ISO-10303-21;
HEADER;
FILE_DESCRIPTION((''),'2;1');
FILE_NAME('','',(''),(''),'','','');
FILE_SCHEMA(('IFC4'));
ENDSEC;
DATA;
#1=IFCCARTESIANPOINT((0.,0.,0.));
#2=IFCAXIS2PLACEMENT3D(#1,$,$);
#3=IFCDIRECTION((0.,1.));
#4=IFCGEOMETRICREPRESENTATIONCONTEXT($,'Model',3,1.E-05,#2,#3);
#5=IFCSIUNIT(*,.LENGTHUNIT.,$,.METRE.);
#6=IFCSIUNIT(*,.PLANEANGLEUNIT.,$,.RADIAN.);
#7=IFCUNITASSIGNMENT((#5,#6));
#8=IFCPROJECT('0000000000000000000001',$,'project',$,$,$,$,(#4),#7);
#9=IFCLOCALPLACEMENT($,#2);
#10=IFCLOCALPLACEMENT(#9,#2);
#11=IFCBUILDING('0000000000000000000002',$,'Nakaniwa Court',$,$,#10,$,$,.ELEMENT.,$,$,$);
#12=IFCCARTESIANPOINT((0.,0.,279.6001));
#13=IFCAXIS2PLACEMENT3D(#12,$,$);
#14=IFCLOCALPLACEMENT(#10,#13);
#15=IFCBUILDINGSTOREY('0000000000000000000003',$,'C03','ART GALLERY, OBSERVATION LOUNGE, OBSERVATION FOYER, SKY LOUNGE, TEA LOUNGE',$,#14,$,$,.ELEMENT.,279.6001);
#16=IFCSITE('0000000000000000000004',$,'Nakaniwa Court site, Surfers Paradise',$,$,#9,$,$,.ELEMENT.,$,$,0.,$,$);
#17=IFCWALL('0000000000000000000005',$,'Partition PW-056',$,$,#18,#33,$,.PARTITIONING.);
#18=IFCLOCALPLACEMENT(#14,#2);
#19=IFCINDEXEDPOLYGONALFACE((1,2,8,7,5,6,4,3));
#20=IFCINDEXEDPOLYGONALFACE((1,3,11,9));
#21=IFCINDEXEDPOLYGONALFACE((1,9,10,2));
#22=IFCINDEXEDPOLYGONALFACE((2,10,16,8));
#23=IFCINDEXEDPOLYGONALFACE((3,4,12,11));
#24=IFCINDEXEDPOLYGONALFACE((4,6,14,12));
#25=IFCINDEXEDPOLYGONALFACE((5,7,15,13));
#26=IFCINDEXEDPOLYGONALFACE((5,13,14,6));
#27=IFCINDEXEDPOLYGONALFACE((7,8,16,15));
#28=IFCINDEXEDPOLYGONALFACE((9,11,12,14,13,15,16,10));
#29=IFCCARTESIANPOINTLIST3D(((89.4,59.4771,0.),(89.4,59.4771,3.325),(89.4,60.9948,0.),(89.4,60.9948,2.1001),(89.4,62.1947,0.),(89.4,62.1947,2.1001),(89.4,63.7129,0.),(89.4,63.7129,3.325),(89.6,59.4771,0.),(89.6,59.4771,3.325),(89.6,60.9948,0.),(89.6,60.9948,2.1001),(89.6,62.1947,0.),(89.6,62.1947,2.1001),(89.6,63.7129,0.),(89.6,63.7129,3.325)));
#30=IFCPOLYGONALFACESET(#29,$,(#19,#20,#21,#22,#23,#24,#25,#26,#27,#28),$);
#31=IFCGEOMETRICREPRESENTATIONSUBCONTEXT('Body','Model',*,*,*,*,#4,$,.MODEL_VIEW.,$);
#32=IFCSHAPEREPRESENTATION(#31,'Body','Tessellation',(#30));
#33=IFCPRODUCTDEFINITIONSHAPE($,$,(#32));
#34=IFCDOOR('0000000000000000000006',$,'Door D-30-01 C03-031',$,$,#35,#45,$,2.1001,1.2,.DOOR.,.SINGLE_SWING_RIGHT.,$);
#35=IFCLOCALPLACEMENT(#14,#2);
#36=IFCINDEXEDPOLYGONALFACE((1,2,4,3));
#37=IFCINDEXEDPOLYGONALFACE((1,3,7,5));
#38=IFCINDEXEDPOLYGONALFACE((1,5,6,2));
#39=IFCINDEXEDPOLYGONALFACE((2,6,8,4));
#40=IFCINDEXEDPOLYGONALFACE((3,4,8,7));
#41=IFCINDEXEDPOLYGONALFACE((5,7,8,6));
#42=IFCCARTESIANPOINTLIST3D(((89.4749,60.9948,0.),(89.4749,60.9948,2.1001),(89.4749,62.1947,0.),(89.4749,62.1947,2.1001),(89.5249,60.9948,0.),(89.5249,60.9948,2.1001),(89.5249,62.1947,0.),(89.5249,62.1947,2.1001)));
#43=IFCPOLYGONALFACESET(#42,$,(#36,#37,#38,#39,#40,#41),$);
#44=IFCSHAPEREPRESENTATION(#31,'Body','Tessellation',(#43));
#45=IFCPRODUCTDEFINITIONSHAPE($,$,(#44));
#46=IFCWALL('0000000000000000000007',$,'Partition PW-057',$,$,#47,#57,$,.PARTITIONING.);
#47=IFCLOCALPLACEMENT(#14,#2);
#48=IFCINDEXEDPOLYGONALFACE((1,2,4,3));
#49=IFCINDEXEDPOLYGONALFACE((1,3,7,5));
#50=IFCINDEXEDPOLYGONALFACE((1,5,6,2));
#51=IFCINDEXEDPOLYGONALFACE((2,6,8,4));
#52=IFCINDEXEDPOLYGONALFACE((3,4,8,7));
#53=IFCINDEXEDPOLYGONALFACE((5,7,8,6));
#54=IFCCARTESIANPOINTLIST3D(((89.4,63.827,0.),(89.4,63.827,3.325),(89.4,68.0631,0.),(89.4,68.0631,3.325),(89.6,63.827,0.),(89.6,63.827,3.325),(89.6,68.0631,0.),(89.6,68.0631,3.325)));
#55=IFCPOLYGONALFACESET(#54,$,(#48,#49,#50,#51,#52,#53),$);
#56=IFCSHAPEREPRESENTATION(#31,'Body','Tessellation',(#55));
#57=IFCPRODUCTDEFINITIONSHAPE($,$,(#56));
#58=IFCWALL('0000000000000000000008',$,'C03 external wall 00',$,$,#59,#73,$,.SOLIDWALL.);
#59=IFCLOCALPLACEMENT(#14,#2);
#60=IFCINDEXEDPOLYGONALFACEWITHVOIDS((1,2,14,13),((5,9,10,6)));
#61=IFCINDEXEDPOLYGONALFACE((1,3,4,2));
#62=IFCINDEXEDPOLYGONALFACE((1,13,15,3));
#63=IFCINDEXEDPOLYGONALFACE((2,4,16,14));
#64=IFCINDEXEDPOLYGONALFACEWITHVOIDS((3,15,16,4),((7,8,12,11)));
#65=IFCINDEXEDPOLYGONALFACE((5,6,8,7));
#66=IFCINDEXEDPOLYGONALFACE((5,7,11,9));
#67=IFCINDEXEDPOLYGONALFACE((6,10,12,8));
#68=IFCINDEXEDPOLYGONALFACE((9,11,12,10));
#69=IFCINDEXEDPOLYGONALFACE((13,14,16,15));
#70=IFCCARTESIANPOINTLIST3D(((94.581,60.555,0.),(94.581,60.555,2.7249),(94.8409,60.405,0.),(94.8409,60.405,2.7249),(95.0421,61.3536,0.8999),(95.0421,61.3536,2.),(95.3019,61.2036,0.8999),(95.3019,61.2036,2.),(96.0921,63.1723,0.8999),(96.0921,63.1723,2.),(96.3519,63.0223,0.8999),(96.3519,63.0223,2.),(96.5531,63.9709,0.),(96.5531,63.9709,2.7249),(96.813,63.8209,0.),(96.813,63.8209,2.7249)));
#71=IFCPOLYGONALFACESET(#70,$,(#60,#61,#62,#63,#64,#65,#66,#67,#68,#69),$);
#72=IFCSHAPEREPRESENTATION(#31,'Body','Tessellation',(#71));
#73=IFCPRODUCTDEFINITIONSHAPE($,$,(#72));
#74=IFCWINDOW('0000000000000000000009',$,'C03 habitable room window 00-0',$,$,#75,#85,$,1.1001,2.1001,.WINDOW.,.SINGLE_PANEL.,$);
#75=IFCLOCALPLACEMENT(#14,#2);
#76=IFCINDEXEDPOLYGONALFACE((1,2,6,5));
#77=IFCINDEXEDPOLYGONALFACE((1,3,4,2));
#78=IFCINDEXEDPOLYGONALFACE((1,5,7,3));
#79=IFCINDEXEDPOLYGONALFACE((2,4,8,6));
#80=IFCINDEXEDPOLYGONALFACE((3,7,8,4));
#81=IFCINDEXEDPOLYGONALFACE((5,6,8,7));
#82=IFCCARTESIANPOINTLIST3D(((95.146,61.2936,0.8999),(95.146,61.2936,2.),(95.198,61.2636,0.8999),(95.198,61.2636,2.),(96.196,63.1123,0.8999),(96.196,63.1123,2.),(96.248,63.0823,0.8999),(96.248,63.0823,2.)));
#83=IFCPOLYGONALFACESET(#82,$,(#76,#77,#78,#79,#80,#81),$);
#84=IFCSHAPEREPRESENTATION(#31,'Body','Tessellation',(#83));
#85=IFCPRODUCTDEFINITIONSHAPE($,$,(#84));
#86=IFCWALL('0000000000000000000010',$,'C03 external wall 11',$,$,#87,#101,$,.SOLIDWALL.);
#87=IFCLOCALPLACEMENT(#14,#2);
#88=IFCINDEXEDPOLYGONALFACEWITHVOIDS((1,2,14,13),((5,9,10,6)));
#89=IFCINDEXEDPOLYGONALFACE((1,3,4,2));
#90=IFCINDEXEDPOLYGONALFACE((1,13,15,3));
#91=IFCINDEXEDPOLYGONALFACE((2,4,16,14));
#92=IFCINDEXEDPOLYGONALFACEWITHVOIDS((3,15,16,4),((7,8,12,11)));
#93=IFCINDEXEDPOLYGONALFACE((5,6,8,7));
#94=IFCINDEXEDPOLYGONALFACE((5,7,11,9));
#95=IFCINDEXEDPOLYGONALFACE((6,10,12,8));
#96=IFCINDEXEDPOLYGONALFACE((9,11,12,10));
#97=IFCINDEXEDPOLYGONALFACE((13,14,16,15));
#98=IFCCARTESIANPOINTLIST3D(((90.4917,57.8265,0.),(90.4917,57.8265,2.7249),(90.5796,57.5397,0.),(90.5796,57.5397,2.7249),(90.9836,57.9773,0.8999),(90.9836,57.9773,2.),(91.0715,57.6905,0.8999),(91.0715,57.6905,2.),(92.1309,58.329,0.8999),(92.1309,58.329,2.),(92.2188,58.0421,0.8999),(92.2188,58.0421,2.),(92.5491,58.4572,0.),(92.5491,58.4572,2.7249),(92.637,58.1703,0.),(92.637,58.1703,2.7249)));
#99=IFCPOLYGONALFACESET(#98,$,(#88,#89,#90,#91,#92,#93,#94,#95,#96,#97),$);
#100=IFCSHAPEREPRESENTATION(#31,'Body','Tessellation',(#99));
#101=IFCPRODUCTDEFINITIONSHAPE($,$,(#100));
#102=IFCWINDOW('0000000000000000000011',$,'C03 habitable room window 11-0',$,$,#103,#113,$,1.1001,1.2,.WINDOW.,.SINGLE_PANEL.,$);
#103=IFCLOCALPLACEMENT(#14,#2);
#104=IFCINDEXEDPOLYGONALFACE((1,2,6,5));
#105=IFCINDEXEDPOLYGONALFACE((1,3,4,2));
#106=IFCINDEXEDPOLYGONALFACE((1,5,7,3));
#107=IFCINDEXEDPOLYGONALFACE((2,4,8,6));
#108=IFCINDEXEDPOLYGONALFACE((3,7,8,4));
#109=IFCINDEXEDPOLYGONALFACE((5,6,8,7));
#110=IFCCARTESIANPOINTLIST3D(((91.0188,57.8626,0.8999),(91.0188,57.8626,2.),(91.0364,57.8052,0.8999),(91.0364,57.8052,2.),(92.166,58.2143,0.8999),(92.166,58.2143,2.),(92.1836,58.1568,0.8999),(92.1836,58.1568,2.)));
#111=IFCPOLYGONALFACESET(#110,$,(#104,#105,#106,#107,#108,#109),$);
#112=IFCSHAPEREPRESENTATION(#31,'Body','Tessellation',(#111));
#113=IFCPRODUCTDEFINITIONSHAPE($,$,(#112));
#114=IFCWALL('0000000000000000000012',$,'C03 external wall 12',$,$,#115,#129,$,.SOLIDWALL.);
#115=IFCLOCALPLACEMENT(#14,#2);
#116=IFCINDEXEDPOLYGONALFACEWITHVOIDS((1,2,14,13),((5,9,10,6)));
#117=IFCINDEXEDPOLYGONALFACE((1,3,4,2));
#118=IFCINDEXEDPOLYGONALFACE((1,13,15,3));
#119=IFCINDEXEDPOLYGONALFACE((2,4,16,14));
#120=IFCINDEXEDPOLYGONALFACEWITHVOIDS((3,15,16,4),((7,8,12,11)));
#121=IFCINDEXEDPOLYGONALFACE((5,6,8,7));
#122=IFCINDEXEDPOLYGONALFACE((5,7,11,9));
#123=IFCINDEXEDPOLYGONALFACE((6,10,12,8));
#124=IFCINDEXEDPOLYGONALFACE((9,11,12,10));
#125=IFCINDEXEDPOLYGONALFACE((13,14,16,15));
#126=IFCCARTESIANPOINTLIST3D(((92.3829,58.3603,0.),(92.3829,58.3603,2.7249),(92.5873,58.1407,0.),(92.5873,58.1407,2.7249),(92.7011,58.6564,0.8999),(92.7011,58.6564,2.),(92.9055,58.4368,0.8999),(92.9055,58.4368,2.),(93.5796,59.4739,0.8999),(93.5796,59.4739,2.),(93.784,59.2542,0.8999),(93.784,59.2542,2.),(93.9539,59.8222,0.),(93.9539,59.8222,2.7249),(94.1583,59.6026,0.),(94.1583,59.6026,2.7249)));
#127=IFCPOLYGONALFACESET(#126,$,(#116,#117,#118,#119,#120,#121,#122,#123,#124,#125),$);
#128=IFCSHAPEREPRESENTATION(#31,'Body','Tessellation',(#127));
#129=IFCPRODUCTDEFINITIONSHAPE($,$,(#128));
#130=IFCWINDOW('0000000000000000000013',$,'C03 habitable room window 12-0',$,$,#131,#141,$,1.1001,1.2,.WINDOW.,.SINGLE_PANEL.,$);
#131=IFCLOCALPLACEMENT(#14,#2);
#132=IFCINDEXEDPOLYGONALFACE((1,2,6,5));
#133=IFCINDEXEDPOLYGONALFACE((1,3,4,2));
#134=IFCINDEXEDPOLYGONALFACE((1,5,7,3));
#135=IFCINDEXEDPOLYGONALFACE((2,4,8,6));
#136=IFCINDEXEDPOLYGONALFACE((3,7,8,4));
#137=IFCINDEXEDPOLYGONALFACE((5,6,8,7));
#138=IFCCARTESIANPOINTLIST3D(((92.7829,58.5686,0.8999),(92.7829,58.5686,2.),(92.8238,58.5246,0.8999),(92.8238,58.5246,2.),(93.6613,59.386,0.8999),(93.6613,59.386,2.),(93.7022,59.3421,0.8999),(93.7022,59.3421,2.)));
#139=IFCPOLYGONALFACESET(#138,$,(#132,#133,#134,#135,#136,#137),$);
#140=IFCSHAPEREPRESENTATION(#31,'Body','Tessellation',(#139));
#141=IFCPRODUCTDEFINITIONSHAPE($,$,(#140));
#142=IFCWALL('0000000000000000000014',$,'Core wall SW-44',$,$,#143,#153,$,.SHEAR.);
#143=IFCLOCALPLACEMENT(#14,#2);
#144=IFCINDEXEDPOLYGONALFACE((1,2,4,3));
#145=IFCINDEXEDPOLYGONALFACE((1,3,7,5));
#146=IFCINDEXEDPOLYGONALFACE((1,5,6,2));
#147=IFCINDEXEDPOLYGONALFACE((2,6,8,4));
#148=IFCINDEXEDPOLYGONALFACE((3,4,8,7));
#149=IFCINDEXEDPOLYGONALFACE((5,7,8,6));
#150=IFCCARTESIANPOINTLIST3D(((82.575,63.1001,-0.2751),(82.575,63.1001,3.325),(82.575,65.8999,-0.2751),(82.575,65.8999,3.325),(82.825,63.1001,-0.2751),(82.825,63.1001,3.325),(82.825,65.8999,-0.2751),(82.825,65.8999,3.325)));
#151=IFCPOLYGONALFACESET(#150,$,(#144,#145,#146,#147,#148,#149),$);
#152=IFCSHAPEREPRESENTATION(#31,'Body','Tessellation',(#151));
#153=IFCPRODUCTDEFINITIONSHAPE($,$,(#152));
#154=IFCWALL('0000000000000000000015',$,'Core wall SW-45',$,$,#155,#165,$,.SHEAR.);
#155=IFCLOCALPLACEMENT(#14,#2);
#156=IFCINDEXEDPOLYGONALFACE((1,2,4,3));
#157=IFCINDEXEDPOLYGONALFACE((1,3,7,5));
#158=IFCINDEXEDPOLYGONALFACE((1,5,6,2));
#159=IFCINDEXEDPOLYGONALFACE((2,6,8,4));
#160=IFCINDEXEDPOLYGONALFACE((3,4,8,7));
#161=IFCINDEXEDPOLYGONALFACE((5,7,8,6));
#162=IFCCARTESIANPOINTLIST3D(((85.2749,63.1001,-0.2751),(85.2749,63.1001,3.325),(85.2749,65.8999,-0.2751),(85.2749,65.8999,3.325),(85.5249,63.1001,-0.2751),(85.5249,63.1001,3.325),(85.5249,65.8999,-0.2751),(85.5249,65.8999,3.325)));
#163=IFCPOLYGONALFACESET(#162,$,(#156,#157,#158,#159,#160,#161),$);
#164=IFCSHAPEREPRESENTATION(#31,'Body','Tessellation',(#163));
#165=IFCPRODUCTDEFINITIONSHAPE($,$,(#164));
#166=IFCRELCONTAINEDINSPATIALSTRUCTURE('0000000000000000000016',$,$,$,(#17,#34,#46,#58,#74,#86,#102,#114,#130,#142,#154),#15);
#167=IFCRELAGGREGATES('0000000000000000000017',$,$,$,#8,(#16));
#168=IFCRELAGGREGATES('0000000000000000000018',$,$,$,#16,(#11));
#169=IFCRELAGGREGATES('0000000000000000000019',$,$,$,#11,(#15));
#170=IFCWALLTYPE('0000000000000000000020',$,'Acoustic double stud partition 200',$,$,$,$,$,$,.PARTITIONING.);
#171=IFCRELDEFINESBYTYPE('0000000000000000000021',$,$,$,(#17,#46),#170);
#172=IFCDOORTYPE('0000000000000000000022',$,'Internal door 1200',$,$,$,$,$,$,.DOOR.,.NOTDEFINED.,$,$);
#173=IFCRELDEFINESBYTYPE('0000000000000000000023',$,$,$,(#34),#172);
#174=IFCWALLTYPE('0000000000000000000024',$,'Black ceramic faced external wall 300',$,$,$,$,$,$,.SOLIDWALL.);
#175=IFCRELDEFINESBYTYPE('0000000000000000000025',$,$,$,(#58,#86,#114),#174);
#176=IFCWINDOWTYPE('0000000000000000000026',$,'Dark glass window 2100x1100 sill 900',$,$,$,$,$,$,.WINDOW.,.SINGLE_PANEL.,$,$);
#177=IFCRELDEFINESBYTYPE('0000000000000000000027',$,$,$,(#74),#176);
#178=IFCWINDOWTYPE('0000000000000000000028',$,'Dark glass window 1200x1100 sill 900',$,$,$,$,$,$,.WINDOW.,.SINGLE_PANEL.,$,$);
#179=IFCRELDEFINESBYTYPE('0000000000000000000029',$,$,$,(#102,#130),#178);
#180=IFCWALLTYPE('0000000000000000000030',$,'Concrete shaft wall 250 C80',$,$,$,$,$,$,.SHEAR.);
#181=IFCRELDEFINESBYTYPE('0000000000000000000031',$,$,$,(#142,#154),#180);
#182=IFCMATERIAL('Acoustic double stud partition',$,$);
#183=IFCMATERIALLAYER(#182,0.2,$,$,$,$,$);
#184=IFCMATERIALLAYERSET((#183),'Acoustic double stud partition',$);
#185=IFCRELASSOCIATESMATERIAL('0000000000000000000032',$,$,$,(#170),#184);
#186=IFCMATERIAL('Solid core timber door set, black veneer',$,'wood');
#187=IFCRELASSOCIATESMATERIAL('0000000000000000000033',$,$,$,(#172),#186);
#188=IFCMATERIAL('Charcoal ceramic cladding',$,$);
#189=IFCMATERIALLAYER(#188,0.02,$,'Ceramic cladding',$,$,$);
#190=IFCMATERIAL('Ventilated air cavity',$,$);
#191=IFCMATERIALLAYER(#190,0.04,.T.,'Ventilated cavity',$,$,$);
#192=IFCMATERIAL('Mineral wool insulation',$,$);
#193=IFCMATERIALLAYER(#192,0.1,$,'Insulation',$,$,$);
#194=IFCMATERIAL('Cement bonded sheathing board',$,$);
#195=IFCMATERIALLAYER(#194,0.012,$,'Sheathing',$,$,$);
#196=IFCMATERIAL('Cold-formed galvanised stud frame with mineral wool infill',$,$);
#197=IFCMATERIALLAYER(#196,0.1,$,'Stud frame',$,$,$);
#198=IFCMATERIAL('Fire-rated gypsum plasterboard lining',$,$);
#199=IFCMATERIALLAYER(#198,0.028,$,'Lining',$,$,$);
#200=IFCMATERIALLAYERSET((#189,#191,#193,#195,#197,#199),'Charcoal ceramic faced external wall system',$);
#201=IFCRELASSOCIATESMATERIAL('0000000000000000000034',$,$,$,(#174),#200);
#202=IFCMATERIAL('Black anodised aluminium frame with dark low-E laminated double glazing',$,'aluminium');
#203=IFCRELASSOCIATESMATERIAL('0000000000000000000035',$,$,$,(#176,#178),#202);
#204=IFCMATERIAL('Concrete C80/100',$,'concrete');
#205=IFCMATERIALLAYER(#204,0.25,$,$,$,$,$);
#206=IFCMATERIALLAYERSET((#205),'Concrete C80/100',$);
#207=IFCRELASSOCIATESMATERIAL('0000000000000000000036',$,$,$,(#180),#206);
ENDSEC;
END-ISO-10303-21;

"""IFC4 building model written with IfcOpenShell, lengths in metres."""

from ifc_helpers import new_model, si_unit, direction, frame, frame_2d, origin, place, context, subcontext, project, spatial, rectangle, extrude, material, layer, layer_set, type_object, element, fill, save


model = new_model("IFC4")

# Units and contexts
model_context = context("Model", 3, precision=1e-05, world=origin(), true_north=direction((0.0, 1.0)))
body_context = subcontext(model_context, "Body", "Model", "MODEL_VIEW")
ifc_project = project(units=[si_unit("LENGTHUNIT", "METRE"), si_unit("PLANEANGLEUNIT", "RADIAN")], contexts=[model_context])

# Site, building, storey
site_placement = place(None, origin())
site = spatial("IfcSite", under=ifc_project, at=site_placement, Name="Nakaniwa Court site, Surfers Paradise", CompositionType="ELEMENT", RefElevation=0.0)
building_placement = place(site_placement, origin())
building = spatial("IfcBuilding", under=site, at=building_placement, Name="Nakaniwa Court", CompositionType="ELEMENT")
storey_placement = place(building_placement, frame((0.0, 0.0, 279.6001)))
storey = spatial("IfcBuildingStorey", under=building, at=storey_placement, Name="C03", Description="ART GALLERY, OBSERVATION LOUNGE, OBSERVATION FOYER, SKY LOUNGE, TEA LOUNGE", CompositionType="ELEMENT", Elevation=279.6001)

# Shared definitions
ifc_material_1 = material(Name="Concrete C80/100", Category="concrete")

# Shared definitions
ifc_material_2 = material(Name="Black anodised aluminium frame with dark low-E laminated double glazing", Category="aluminium")

# Shared definitions
ifc_material_3 = material(Name="Acoustic double stud partition")
ifc_layer_1 = layer(ifc_material_3, 0.2)
ifc_layer_set_1 = layer_set([ifc_layer_1], Name="Acoustic double stud partition")
wall_type_1 = type_object("IfcWallType", Name="Acoustic double stud partition 200", PredefinedType="PARTITIONING", material=ifc_layer_set_1)

# Wall, opening, door
wall_1_placement = place(storey_placement, frame((89.5, 63.7129, 0.0), z_axis=(0.0, 0.0, 1.0), x_axis=(0.0, -1.0, 0.0)))
wall_1 = element("IfcWall", 1, at=wall_1_placement, inside=storey, type_object=wall_type_1, Name="Partition PW-056", PredefinedType="PARTITIONING", context=body_context, shape_type="SweptSolid", body=[
    extrude(rectangle(XDim=4.2358, YDim=0.2, at=frame_2d((2.1179, 0.0))), origin(), (0.0, 0.0, 1.0), 3.325),
])
opening_1_placement = place(wall_1_placement, frame((1.5181, 0.0, 0.0)))
opening_1 = element("IfcOpeningElement", 2, at=opening_1_placement, cuts=wall_1, PredefinedType="OPENING", context=body_context, shape_type="SweptSolid", body=[
    extrude(rectangle(XDim=1.2, YDim=2.1001, at=frame_2d((0.6001, 1.05))), frame((0.0, 0.1099, 0.0), z_axis=(0.0, -1.0, 0.0), x_axis=(1.0, 0.0, 0.0)), (0.0, 0.0, 1.0), 0.22),
])
ifc_material_4 = material(Name="Solid core timber door set, black veneer", Category="wood")
door_type_1 = type_object("IfcDoorType", Name="Internal door 1200", OperationType="NOTDEFINED", PredefinedType="DOOR", material=ifc_material_4)
door_1_placement = place(opening_1_placement, origin())
door_1 = element("IfcDoor", 3, at=door_1_placement, inside=storey, type_object=door_type_1, Name="Door D-30-01 C03-031", OperationType="SINGLE_SWING_RIGHT", OverallHeight=2.1001, OverallWidth=1.2, PredefinedType="DOOR", context=body_context, shape_type="SweptSolid", body=[
    extrude(rectangle(XDim=1.2, YDim=2.1001, at=frame_2d((0.6001, 1.05))), frame((0.0, 0.0249, 0.0), z_axis=(0.0, -1.0, 0.0), x_axis=(1.0, 0.0, 0.0)), (0.0, 0.0, 1.0), 0.05),
])
fill(opening_1, door_1)

# Wall
wall_2_placement = place(storey_placement, frame((89.5, 63.8269, 0.0), z_axis=(0.0, 0.0, 1.0), x_axis=(0.0, 1.0, 0.0)))
element("IfcWall", 4, at=wall_2_placement, inside=storey, type_object=wall_type_1, Name="Partition PW-057", PredefinedType="PARTITIONING", context=body_context, shape_type="SweptSolid", body=[
    extrude(rectangle(XDim=4.2361, YDim=0.2, at=frame_2d((2.1182, 0.0))), origin(), (0.0, 0.0, 1.0), 3.325),
])

# Walls, openings, windows
ifc_material_5 = material(Name="Charcoal ceramic cladding")
ifc_layer_2 = layer(ifc_material_5, 0.02, Name="Ceramic cladding")
ifc_material_6 = material(Name="Ventilated air cavity")
ifc_layer_3 = layer(ifc_material_6, 0.04, ventilated=True, Name="Ventilated cavity")
ifc_material_7 = material(Name="Mineral wool insulation")
ifc_layer_4 = layer(ifc_material_7, 0.1, Name="Insulation")
ifc_material_8 = material(Name="Cement bonded sheathing board")
ifc_layer_5 = layer(ifc_material_8, 0.012, Name="Sheathing")
ifc_material_9 = material(Name="Cold-formed galvanised stud frame with mineral wool infill")
ifc_layer_6 = layer(ifc_material_9, 0.1, Name="Stud frame")
ifc_material_10 = material(Name="Fire-rated gypsum plasterboard lining")
ifc_layer_7 = layer(ifc_material_10, 0.028, Name="Lining")
ifc_layer_set_2 = layer_set([ifc_layer_2, ifc_layer_3, ifc_layer_4, ifc_layer_5, ifc_layer_6, ifc_layer_7], Name="Charcoal ceramic faced external wall system")
wall_type_2 = type_object("IfcWallType", Name="Black ceramic faced external wall 300", PredefinedType="SOLIDWALL", material=ifc_layer_set_2)
wall_3_placement = place(storey_placement, frame((94.7109, 60.48, 0.0), z_axis=(0.0, 0.0, 1.0), x_axis=(0.499987, 0.866033, 0.0)))
wall_3 = element("IfcWall", 5, at=wall_3_placement, inside=storey, type_object=wall_type_2, Name="C03 external wall 00", PredefinedType="SOLIDWALL", context=body_context, shape_type="SweptSolid", body=[
    extrude(rectangle(XDim=3.9443, YDim=0.3, at=frame_2d((1.9722, 0.0))), origin(), (0.0, 0.0, 1.0), 2.7249),
])
opening_2_placement = place(wall_3_placement, frame((0.9221, 0.0, 0.8999)))
opening_2 = element("IfcOpeningElement", 6, at=opening_2_placement, cuts=wall_3, PredefinedType="OPENING", context=body_context, shape_type="SweptSolid", body=[
    extrude(rectangle(XDim=2.1001, YDim=1.1001, at=frame_2d((1.05, 0.55))), frame((0.0, 0.1599, 0.0), z_axis=(0.0, -1.0, 0.0), x_axis=(1.0, 0.0, 0.0)), (0.0, 0.0, 1.0), 0.3201),
])
window_type_1 = type_object("IfcWindowType", Name="Dark glass window 2100x1100 sill 900", PartitioningType="SINGLE_PANEL", PredefinedType="WINDOW", material=ifc_material_2)
window_1_placement = place(opening_2_placement, origin())
window_1 = element("IfcWindow", 7, at=window_1_placement, inside=storey, type_object=window_type_1, Name="C03 habitable room window 00-0", OverallHeight=1.1001, OverallWidth=2.1001, PartitioningType="SINGLE_PANEL", PredefinedType="WINDOW", context=body_context, shape_type="SweptSolid", body=[
    extrude(rectangle(XDim=2.1001, YDim=1.1001, at=frame_2d((1.05, 0.55))), frame((0.0, 0.03, 0.0), z_axis=(0.0, -1.0, 0.0), x_axis=(1.0, 0.0, 0.0)), (0.0, 0.0, 1.0), 0.0601),
])
fill(opening_2, window_1)
wall_4_placement = place(storey_placement, frame((90.5356, 57.6831, 0.0), z_axis=(0.0, 0.0, 1.0), x_axis=(0.956095, 0.293057, 0.0)))
wall_4 = element("IfcWall", 8, at=wall_4_placement, inside=storey, type_object=wall_type_2, Name="C03 external wall 11", PredefinedType="SOLIDWALL", context=body_context, shape_type="SweptSolid", body=[
    extrude(rectangle(XDim=2.1519, YDim=0.3, at=frame_2d((1.0759, 0.0))), origin(), (0.0, 0.0, 1.0), 2.7249),
])
opening_3_placement = place(wall_4_placement, frame((0.5144, 0.0, 0.8999)))
opening_3 = element("IfcOpeningElement", 9, at=opening_3_placement, cuts=wall_4, PredefinedType="OPENING", context=body_context, shape_type="SweptSolid", body=[
    extrude(rectangle(XDim=1.2, YDim=1.1001, at=frame_2d((0.6001, 0.55))), frame((0.0, 0.1599, 0.0), z_axis=(0.0, -1.0, 0.0), x_axis=(1.0, 0.0, 0.0)), (0.0, 0.0, 1.0), 0.3201),
])
window_type_2 = type_object("IfcWindowType", Name="Dark glass window 1200x1100 sill 900", PartitioningType="SINGLE_PANEL", PredefinedType="WINDOW", material=ifc_material_2)
window_2_placement = place(opening_3_placement, origin())
window_2 = element("IfcWindow", 10, at=window_2_placement, inside=storey, type_object=window_type_2, Name="C03 habitable room window 11-0", OverallHeight=1.1001, OverallWidth=1.2, PartitioningType="SINGLE_PANEL", PredefinedType="WINDOW", context=body_context, shape_type="SweptSolid", body=[
    extrude(rectangle(XDim=1.2, YDim=1.1001, at=frame_2d((0.6001, 0.55))), frame((0.0, 0.03, 0.0), z_axis=(0.0, -1.0, 0.0), x_axis=(1.0, 0.0, 0.0)), (0.0, 0.0, 1.0), 0.0601),
])
fill(opening_3, window_2)
wall_5_placement = place(storey_placement, frame((92.4851, 58.2505, 0.0), z_axis=(0.0, 0.0, 1.0), x_axis=(0.732076, 0.681223, 0.0)))
wall_5 = element("IfcWall", 11, at=wall_5_placement, inside=storey, type_object=wall_type_2, Name="C03 external wall 12", PredefinedType="SOLIDWALL", context=body_context, shape_type="SweptSolid", body=[
    extrude(rectangle(XDim=2.146, YDim=0.3, at=frame_2d((1.073, 0.0))), origin(), (0.0, 0.0, 1.0), 2.7249),
])
opening_4_placement = place(wall_5_placement, frame((0.4346, 0.0, 0.8999)))
opening_4 = element("IfcOpeningElement", 12, at=opening_4_placement, cuts=wall_5, PredefinedType="OPENING", context=body_context, shape_type="SweptSolid", body=[
    extrude(rectangle(XDim=1.2, YDim=1.1001, at=frame_2d((0.6001, 0.55))), frame((0.0, 0.1599, 0.0), z_axis=(0.0, -1.0, 0.0), x_axis=(1.0, 0.0, 0.0)), (0.0, 0.0, 1.0), 0.3201),
])
window_3_placement = place(opening_4_placement, origin())
window_3 = element("IfcWindow", 13, at=window_3_placement, inside=storey, type_object=window_type_2, Name="C03 habitable room window 12-0", OverallHeight=1.1001, OverallWidth=1.2, PartitioningType="SINGLE_PANEL", PredefinedType="WINDOW", context=body_context, shape_type="SweptSolid", body=[
    extrude(rectangle(XDim=1.2, YDim=1.1001, at=frame_2d((0.6001, 0.55))), frame((0.0, 0.03, 0.0), z_axis=(0.0, -1.0, 0.0), x_axis=(1.0, 0.0, 0.0)), (0.0, 0.0, 1.0), 0.0601),
])
fill(opening_4, window_3)

# Walls
ifc_layer_8 = layer(ifc_material_1, 0.25)
ifc_layer_set_3 = layer_set([ifc_layer_8], Name="Concrete C80/100")
wall_type_3 = type_object("IfcWallType", Name="Concrete shaft wall 250 C80", PredefinedType="SHEAR", material=ifc_layer_set_3)
for number, where, z_axis, x_axis, name in (
    (14, (82.7, 63.1001, -0.2751), (0.0, 0.0, 1.0), (0.0, 1.0, 0.0), "Core wall SW-44"),
    (15, (85.3999, 63.1001, -0.2751), (0.0, 0.0, 1.0), (0.0, 1.0, 0.0), "Core wall SW-45"),
):
    element("IfcWall", number, at=place(storey_placement, frame(where, z_axis=z_axis, x_axis=x_axis)), inside=storey, type_object=wall_type_3, Name=name, PredefinedType="SHEAR", context=body_context, shape_type="SweptSolid", body=[
        extrude(rectangle(XDim=2.7998, YDim=0.25, at=frame_2d((1.3999, 0.0))), origin(), (0.0, 0.0, 1.0), 3.6001),
    ])

save(model, "model.ifc")
